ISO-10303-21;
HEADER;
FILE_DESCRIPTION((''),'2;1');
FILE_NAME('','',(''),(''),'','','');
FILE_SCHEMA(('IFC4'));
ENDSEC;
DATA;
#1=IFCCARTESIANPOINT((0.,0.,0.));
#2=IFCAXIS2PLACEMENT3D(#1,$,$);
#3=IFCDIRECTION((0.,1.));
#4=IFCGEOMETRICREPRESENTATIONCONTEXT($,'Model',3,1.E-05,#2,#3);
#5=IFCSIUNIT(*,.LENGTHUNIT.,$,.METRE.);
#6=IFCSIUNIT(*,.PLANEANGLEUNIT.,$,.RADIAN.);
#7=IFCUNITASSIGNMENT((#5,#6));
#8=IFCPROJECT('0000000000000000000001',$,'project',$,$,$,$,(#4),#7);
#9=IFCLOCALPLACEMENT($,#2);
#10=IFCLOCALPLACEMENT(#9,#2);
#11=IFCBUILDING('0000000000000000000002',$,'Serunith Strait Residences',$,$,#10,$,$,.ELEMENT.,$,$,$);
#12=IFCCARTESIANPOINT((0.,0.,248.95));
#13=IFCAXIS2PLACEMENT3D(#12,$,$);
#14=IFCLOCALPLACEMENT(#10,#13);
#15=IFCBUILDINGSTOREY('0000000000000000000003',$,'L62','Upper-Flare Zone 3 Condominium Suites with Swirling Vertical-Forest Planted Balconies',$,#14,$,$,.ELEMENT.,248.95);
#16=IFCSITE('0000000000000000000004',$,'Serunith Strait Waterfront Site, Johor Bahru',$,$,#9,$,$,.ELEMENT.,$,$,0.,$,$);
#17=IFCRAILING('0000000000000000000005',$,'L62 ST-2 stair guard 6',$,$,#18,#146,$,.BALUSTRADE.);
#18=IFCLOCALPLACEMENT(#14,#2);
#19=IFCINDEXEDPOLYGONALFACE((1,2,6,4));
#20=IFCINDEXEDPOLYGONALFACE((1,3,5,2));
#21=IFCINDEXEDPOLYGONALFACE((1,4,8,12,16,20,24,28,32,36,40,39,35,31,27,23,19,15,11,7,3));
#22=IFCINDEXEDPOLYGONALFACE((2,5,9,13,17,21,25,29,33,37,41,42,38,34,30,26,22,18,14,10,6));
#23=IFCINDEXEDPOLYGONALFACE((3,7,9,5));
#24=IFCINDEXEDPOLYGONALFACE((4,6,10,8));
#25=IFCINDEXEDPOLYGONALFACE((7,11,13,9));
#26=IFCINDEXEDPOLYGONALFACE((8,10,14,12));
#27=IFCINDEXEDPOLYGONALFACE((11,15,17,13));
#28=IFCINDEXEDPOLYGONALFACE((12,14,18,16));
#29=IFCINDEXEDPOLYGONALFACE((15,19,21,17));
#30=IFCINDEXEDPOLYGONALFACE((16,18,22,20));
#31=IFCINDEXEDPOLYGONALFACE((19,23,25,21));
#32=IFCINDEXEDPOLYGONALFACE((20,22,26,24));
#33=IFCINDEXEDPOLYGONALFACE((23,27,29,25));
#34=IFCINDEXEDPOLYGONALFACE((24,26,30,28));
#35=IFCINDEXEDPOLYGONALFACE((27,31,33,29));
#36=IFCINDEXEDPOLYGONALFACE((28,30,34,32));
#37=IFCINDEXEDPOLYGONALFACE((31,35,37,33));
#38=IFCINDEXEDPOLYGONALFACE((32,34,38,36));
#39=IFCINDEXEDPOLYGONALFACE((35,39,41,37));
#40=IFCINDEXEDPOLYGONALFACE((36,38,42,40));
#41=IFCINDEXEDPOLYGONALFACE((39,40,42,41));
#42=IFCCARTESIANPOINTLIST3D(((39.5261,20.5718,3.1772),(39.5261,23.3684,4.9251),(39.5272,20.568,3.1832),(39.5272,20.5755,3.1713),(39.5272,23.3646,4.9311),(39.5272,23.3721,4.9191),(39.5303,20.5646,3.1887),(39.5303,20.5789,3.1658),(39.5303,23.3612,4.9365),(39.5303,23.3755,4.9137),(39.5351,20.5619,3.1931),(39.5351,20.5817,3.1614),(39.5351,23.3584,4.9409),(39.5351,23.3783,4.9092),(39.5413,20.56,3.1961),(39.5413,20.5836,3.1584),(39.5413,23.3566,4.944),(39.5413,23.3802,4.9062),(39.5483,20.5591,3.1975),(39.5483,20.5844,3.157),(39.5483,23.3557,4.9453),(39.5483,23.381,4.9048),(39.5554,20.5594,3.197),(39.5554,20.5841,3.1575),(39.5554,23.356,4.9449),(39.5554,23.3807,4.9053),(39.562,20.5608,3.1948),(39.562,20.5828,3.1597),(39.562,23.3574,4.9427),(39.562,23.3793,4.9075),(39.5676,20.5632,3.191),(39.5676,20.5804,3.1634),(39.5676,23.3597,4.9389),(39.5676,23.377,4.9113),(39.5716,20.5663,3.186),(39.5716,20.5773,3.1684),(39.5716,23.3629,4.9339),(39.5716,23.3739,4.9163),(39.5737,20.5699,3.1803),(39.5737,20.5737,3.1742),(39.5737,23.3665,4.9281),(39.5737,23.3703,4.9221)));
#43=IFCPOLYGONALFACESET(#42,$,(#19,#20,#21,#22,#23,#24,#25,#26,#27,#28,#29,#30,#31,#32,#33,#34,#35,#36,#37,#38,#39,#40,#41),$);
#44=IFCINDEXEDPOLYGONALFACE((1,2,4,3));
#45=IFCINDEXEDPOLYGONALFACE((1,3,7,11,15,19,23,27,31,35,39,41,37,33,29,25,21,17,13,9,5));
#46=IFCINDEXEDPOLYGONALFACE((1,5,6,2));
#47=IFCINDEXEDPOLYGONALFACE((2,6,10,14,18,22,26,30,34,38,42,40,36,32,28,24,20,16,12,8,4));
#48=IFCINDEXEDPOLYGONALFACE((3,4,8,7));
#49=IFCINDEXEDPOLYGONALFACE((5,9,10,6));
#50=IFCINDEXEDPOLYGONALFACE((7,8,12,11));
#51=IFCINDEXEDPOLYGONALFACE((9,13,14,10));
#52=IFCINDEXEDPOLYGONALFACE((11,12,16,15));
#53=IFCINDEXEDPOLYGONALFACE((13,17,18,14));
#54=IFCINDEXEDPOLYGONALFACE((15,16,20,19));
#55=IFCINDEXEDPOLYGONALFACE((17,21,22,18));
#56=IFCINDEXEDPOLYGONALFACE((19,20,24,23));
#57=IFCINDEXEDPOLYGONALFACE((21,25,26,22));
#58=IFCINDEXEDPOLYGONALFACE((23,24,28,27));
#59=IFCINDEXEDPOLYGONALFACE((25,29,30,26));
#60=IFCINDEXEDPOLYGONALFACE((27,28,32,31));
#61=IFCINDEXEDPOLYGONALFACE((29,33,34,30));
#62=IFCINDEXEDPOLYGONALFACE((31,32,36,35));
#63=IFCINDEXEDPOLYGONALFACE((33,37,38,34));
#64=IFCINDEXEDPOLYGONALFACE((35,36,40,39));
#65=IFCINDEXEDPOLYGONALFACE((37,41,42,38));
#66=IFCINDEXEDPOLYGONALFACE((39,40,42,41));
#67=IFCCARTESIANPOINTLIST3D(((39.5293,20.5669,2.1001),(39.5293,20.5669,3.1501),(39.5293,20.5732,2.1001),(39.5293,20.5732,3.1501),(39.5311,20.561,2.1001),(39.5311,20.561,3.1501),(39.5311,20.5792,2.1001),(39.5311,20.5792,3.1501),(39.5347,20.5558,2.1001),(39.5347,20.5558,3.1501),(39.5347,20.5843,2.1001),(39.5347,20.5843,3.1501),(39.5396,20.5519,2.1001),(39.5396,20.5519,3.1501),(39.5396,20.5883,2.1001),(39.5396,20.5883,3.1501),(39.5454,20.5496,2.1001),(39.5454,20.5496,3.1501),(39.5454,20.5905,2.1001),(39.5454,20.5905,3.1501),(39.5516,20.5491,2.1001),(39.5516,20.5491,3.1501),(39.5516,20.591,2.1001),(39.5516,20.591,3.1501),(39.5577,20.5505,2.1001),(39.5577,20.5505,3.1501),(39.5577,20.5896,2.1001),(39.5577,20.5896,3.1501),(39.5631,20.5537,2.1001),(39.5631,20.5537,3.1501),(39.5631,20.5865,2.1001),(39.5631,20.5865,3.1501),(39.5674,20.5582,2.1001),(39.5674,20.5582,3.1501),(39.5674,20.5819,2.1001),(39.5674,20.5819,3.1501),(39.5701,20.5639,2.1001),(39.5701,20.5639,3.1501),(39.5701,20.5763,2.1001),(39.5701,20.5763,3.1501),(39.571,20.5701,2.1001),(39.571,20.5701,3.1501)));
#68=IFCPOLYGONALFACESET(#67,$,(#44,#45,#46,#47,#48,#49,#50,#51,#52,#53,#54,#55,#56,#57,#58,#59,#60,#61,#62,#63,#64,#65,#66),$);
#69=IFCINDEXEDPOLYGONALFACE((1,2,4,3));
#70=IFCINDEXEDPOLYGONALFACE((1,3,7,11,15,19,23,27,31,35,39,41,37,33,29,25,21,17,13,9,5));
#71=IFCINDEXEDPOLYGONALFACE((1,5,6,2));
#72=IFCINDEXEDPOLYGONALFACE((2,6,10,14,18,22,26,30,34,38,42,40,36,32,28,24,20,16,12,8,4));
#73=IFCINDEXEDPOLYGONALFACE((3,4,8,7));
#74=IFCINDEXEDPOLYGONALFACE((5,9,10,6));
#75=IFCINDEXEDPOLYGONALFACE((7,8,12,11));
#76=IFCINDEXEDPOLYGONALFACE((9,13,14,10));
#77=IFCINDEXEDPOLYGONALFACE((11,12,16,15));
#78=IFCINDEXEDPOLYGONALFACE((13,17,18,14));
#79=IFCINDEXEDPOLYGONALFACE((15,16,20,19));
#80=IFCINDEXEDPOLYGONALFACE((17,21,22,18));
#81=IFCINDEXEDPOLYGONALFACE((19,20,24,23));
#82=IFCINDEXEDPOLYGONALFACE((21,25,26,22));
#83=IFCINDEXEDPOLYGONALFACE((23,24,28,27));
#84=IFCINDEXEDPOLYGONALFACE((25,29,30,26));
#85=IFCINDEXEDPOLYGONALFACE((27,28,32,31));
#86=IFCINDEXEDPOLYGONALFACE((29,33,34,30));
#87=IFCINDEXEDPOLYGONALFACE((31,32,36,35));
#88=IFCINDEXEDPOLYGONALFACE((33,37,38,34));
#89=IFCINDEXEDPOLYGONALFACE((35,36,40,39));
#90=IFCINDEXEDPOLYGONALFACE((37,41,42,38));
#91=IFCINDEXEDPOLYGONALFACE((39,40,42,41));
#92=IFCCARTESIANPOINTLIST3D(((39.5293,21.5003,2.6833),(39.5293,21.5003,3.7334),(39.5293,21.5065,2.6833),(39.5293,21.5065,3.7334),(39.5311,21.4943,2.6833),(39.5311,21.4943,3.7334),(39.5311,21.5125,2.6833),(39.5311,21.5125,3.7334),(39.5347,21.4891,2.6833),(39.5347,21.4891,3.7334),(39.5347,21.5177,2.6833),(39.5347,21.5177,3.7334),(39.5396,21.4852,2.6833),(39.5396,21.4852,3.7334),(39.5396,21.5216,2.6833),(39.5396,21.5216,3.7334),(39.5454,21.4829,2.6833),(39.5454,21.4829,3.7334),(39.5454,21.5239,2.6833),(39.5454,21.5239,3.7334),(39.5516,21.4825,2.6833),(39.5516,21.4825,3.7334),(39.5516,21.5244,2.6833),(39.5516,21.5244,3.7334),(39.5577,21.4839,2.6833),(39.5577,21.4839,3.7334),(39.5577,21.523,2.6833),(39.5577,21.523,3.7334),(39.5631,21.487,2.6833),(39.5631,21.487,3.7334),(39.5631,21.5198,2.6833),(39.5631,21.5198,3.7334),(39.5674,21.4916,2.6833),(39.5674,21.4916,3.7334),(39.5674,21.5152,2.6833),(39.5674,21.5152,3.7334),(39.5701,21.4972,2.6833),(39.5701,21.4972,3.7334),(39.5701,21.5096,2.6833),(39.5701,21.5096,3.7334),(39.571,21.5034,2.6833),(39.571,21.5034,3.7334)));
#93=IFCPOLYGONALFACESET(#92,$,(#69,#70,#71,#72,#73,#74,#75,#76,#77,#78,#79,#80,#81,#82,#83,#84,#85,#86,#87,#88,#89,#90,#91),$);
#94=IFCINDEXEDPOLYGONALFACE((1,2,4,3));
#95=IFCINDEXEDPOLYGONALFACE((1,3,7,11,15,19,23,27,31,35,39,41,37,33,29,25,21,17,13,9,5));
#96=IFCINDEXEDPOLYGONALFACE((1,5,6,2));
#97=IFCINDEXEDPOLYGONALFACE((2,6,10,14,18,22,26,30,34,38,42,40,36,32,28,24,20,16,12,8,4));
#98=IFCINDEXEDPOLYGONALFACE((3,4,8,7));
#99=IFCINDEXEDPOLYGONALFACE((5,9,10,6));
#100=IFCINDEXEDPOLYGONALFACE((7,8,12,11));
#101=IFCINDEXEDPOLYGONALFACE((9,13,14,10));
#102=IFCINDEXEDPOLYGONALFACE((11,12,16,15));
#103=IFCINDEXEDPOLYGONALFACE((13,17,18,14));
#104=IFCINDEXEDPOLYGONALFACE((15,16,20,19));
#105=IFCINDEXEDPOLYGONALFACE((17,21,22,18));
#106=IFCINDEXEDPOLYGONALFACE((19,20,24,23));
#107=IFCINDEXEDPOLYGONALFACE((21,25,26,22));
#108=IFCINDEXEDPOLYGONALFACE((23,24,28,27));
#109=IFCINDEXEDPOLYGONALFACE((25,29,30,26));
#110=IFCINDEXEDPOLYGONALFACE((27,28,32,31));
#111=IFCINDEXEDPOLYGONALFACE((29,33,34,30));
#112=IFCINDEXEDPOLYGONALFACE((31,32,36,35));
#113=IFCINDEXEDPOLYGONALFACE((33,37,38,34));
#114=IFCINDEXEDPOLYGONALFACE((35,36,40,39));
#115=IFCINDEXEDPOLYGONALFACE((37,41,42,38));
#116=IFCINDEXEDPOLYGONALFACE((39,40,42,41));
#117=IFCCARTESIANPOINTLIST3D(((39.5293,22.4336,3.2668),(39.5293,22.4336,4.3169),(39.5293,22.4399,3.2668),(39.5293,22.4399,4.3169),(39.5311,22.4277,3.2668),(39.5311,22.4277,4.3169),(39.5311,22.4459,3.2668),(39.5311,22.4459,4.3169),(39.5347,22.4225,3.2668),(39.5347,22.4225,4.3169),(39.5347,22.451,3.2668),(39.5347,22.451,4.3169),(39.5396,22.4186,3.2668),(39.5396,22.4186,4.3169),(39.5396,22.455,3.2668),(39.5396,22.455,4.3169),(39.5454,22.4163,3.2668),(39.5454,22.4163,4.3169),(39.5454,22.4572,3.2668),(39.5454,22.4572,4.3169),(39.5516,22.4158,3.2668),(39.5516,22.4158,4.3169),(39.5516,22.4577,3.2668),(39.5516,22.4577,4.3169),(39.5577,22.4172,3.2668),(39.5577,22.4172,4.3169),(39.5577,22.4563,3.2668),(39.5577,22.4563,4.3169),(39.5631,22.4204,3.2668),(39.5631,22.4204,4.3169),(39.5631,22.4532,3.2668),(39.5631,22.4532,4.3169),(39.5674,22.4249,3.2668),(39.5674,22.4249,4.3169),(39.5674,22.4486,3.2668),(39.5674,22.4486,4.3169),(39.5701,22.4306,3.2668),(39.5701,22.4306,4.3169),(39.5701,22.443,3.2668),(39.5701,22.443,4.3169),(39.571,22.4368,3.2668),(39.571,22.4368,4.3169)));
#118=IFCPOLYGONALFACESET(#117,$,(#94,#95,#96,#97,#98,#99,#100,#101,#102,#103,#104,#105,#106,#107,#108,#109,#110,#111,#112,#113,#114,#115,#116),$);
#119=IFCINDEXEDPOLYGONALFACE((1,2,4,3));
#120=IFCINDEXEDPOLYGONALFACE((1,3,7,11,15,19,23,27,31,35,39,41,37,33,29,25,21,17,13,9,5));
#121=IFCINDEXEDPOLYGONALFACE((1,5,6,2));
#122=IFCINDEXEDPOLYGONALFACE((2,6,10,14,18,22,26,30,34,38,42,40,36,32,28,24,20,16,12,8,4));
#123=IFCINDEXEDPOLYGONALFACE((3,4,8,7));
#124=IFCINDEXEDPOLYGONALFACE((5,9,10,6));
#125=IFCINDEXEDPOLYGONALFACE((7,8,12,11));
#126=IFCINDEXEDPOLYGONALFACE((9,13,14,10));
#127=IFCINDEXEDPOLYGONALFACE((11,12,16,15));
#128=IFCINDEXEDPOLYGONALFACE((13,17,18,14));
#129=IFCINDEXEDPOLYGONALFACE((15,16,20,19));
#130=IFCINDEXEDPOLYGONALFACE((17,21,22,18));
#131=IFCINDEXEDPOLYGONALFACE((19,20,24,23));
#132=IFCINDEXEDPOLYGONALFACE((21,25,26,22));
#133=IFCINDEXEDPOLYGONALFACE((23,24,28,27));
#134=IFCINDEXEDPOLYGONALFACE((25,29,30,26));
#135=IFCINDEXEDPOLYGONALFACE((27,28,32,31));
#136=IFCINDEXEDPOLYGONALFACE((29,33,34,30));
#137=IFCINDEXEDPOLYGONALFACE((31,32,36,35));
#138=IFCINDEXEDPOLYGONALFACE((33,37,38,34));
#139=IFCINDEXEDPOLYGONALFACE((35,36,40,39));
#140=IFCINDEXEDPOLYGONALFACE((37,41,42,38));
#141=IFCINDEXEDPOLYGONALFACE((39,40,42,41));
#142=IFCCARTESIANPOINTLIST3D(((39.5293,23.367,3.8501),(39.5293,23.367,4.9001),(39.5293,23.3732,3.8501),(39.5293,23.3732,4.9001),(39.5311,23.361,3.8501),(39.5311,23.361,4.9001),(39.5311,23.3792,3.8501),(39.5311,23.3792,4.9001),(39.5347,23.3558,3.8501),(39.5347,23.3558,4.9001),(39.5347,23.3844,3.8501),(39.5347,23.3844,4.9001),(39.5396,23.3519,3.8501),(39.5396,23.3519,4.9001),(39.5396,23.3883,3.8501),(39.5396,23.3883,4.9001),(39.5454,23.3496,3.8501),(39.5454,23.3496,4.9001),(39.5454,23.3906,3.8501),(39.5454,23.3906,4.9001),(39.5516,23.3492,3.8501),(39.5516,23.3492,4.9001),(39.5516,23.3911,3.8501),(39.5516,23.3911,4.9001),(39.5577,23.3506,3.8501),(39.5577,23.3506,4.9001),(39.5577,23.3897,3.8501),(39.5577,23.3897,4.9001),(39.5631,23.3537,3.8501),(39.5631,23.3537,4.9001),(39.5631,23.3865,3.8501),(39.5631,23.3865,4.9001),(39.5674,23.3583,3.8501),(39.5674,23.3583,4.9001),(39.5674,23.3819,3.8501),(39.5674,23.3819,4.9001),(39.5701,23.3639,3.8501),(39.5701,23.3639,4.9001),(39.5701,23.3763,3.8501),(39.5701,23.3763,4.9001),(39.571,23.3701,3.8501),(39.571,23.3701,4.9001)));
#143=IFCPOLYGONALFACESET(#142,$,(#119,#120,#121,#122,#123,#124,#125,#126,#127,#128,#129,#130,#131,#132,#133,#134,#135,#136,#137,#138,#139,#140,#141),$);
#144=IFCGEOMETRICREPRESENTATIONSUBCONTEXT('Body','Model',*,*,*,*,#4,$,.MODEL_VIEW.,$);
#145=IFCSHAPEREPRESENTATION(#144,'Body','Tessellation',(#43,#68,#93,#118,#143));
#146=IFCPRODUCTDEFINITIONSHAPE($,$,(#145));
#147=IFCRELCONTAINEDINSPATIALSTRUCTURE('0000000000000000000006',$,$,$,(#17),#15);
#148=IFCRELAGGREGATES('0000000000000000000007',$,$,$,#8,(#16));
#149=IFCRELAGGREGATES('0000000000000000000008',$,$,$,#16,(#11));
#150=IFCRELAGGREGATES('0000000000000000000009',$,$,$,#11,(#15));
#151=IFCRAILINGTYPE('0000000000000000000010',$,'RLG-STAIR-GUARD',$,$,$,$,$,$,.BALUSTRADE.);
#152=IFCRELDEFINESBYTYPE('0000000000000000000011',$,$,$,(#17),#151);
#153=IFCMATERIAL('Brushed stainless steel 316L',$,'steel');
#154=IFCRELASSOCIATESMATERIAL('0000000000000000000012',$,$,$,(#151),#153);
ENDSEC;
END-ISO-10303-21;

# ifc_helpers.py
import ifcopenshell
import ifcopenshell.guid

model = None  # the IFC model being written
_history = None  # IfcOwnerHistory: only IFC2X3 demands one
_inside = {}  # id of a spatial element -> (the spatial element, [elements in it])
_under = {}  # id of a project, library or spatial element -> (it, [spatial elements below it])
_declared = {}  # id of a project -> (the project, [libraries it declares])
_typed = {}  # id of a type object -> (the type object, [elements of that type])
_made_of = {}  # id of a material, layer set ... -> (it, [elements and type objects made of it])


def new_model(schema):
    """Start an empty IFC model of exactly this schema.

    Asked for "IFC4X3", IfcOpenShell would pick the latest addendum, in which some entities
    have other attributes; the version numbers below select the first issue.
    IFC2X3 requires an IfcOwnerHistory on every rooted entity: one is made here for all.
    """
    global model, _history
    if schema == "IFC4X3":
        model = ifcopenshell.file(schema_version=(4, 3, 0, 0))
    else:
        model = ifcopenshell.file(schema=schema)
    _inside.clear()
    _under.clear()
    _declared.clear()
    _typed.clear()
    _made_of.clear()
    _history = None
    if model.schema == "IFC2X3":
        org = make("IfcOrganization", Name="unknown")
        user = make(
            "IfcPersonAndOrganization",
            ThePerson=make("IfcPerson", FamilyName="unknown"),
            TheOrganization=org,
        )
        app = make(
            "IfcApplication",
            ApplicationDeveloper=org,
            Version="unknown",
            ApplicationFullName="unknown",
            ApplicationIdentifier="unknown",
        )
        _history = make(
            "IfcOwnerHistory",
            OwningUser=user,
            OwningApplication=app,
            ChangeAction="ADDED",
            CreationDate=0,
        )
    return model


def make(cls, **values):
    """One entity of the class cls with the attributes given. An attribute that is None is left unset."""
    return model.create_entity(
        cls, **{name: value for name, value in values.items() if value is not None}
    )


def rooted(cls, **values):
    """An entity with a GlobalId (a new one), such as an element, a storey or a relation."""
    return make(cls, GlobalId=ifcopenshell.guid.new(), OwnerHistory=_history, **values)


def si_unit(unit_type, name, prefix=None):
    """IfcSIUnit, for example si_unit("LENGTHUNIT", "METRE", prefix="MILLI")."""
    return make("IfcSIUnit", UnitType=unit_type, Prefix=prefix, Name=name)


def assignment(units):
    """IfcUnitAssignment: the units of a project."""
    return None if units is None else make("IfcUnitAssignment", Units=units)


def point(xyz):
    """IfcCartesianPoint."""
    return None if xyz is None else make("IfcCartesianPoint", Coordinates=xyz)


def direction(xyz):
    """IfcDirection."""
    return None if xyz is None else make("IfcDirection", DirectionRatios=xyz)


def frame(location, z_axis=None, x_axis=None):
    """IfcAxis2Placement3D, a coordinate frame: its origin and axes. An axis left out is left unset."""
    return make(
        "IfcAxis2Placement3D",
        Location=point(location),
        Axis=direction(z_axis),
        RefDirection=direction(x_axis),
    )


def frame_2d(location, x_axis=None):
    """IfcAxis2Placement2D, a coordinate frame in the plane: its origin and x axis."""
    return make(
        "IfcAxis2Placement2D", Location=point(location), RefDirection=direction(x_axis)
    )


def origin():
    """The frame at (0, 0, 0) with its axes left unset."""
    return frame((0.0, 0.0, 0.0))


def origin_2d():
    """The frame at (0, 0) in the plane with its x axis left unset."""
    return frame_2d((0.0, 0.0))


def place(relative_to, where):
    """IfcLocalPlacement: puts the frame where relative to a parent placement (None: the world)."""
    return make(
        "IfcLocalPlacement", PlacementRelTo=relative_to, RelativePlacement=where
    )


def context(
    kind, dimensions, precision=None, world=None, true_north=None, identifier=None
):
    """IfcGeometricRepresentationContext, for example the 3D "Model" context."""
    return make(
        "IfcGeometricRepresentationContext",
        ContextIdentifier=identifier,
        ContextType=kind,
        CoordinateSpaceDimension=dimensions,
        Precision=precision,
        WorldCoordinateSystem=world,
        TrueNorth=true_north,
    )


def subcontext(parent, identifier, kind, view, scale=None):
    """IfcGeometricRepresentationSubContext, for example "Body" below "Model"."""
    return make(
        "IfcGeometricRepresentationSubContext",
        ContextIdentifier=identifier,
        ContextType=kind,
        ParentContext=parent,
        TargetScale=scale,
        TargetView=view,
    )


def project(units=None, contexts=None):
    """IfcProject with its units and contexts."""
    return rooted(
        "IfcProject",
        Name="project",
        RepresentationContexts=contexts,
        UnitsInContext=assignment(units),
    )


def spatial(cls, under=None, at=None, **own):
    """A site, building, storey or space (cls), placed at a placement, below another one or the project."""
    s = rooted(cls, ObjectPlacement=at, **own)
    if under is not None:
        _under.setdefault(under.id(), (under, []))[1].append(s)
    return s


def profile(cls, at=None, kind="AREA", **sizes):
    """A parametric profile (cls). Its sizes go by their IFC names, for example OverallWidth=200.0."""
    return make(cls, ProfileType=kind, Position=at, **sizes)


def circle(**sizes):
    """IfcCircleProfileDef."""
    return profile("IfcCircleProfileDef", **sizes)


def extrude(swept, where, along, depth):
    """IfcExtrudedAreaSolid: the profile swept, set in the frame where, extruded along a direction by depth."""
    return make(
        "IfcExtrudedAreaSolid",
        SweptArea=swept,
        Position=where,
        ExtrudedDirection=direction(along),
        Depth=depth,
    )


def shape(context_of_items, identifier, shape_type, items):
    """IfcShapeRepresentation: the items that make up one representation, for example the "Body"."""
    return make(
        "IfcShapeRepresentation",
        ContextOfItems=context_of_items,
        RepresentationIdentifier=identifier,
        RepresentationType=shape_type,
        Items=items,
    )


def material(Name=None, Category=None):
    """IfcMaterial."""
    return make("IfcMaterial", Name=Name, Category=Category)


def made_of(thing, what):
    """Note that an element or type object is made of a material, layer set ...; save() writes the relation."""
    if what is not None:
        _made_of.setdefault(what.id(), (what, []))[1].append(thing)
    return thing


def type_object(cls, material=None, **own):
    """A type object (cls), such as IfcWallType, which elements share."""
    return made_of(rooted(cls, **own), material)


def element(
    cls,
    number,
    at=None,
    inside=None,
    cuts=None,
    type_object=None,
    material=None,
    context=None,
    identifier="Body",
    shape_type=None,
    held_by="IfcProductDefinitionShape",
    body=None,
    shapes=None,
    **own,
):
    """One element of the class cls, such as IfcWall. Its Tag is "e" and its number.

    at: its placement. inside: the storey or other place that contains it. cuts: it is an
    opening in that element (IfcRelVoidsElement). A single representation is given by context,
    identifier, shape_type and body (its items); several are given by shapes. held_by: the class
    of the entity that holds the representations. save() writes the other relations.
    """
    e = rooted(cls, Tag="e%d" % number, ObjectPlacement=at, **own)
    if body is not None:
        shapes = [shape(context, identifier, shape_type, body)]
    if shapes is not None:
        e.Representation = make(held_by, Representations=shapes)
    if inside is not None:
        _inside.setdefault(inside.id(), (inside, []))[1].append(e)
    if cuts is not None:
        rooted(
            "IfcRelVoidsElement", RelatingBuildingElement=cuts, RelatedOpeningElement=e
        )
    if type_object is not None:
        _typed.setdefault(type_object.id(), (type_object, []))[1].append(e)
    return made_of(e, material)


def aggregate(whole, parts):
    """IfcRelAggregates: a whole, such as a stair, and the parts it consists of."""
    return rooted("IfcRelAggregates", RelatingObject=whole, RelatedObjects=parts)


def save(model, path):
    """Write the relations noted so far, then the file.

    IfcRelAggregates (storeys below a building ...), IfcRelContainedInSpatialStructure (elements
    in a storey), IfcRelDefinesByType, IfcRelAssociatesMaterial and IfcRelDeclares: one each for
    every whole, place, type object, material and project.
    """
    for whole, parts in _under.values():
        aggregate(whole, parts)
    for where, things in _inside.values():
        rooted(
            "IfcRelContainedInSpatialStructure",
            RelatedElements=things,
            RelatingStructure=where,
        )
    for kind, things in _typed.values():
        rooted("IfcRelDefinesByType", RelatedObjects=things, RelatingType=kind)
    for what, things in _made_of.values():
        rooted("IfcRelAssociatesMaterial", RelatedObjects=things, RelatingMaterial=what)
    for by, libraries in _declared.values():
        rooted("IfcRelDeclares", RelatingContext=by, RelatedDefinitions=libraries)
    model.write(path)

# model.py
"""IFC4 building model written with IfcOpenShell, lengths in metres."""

from ifc_helpers import new_model, si_unit, direction, frame, origin, origin_2d, place, context, subcontext, project, spatial, circle, extrude, material, type_object, element, save


model = new_model("IFC4")

# Units and contexts
model_context = context("Model", 3, precision=1e-05, world=origin(), true_north=direction((0.0, 1.0)))
body_context = subcontext(model_context, "Body", "Model", "MODEL_VIEW")
ifc_project = project(units=[si_unit("LENGTHUNIT", "METRE"), si_unit("PLANEANGLEUNIT", "RADIAN")], contexts=[model_context])

# Site, building, storey
site_placement = place(None, origin())
site = spatial("IfcSite", under=ifc_project, at=site_placement, Name="Serunith Strait Waterfront Site, Johor Bahru", CompositionType="ELEMENT", RefElevation=0.0)
building_placement = place(site_placement, origin())
building = spatial("IfcBuilding", under=site, at=building_placement, Name="Serunith Strait Residences", CompositionType="ELEMENT")
storey_placement = place(building_placement, frame((0.0, 0.0, 248.95)))
storey = spatial("IfcBuildingStorey", under=building, at=storey_placement, Name="L62", Description="Upper-Flare Zone 3 Condominium Suites with Swirling Vertical-Forest Planted Balconies", CompositionType="ELEMENT", Elevation=248.95)

# Railing
ifc_material_1 = material(Name="Brushed stainless steel 316L", Category="steel")
railing_type_1 = type_object("IfcRailingType", Name="RLG-STAIR-GUARD", PredefinedType="BALUSTRADE", material=ifc_material_1)
railing_1_placement = place(storey_placement, frame((39.55, 20.5701, 2.1001)))
element("IfcRailing", 1, at=railing_1_placement, inside=storey, type_object=railing_type_1, Name="L62 ST-2 stair guard 6", PredefinedType="BALUSTRADE", context=body_context, shape_type="SweptSolid", body=[
    extrude(circle(Radius=0.0239, at=origin_2d()), frame((0.0, 0.0017, 1.0771), z_axis=(0.0, 0.848002, 0.529992), x_axis=(-1.0, 0.0, 0.0)), (0.0, 0.0, 1.0), 3.2979),
    extrude(circle(Radius=0.021, at=origin_2d()), origin(), (0.0, 0.0, 1.0), 1.05),
    extrude(circle(Radius=0.021, at=origin_2d()), frame((0.0, 0.9333, 0.5833)), (0.0, 0.0, 1.0), 1.05),
    extrude(circle(Radius=0.021, at=origin_2d()), frame((0.0, 1.8667, 1.1667)), (0.0, 0.0, 1.0), 1.05),
    extrude(circle(Radius=0.021, at=origin_2d()), frame((0.0, 2.8, 1.75)), (0.0, 0.0, 1.0), 1.05),
])

save(model, "model.ifc")
